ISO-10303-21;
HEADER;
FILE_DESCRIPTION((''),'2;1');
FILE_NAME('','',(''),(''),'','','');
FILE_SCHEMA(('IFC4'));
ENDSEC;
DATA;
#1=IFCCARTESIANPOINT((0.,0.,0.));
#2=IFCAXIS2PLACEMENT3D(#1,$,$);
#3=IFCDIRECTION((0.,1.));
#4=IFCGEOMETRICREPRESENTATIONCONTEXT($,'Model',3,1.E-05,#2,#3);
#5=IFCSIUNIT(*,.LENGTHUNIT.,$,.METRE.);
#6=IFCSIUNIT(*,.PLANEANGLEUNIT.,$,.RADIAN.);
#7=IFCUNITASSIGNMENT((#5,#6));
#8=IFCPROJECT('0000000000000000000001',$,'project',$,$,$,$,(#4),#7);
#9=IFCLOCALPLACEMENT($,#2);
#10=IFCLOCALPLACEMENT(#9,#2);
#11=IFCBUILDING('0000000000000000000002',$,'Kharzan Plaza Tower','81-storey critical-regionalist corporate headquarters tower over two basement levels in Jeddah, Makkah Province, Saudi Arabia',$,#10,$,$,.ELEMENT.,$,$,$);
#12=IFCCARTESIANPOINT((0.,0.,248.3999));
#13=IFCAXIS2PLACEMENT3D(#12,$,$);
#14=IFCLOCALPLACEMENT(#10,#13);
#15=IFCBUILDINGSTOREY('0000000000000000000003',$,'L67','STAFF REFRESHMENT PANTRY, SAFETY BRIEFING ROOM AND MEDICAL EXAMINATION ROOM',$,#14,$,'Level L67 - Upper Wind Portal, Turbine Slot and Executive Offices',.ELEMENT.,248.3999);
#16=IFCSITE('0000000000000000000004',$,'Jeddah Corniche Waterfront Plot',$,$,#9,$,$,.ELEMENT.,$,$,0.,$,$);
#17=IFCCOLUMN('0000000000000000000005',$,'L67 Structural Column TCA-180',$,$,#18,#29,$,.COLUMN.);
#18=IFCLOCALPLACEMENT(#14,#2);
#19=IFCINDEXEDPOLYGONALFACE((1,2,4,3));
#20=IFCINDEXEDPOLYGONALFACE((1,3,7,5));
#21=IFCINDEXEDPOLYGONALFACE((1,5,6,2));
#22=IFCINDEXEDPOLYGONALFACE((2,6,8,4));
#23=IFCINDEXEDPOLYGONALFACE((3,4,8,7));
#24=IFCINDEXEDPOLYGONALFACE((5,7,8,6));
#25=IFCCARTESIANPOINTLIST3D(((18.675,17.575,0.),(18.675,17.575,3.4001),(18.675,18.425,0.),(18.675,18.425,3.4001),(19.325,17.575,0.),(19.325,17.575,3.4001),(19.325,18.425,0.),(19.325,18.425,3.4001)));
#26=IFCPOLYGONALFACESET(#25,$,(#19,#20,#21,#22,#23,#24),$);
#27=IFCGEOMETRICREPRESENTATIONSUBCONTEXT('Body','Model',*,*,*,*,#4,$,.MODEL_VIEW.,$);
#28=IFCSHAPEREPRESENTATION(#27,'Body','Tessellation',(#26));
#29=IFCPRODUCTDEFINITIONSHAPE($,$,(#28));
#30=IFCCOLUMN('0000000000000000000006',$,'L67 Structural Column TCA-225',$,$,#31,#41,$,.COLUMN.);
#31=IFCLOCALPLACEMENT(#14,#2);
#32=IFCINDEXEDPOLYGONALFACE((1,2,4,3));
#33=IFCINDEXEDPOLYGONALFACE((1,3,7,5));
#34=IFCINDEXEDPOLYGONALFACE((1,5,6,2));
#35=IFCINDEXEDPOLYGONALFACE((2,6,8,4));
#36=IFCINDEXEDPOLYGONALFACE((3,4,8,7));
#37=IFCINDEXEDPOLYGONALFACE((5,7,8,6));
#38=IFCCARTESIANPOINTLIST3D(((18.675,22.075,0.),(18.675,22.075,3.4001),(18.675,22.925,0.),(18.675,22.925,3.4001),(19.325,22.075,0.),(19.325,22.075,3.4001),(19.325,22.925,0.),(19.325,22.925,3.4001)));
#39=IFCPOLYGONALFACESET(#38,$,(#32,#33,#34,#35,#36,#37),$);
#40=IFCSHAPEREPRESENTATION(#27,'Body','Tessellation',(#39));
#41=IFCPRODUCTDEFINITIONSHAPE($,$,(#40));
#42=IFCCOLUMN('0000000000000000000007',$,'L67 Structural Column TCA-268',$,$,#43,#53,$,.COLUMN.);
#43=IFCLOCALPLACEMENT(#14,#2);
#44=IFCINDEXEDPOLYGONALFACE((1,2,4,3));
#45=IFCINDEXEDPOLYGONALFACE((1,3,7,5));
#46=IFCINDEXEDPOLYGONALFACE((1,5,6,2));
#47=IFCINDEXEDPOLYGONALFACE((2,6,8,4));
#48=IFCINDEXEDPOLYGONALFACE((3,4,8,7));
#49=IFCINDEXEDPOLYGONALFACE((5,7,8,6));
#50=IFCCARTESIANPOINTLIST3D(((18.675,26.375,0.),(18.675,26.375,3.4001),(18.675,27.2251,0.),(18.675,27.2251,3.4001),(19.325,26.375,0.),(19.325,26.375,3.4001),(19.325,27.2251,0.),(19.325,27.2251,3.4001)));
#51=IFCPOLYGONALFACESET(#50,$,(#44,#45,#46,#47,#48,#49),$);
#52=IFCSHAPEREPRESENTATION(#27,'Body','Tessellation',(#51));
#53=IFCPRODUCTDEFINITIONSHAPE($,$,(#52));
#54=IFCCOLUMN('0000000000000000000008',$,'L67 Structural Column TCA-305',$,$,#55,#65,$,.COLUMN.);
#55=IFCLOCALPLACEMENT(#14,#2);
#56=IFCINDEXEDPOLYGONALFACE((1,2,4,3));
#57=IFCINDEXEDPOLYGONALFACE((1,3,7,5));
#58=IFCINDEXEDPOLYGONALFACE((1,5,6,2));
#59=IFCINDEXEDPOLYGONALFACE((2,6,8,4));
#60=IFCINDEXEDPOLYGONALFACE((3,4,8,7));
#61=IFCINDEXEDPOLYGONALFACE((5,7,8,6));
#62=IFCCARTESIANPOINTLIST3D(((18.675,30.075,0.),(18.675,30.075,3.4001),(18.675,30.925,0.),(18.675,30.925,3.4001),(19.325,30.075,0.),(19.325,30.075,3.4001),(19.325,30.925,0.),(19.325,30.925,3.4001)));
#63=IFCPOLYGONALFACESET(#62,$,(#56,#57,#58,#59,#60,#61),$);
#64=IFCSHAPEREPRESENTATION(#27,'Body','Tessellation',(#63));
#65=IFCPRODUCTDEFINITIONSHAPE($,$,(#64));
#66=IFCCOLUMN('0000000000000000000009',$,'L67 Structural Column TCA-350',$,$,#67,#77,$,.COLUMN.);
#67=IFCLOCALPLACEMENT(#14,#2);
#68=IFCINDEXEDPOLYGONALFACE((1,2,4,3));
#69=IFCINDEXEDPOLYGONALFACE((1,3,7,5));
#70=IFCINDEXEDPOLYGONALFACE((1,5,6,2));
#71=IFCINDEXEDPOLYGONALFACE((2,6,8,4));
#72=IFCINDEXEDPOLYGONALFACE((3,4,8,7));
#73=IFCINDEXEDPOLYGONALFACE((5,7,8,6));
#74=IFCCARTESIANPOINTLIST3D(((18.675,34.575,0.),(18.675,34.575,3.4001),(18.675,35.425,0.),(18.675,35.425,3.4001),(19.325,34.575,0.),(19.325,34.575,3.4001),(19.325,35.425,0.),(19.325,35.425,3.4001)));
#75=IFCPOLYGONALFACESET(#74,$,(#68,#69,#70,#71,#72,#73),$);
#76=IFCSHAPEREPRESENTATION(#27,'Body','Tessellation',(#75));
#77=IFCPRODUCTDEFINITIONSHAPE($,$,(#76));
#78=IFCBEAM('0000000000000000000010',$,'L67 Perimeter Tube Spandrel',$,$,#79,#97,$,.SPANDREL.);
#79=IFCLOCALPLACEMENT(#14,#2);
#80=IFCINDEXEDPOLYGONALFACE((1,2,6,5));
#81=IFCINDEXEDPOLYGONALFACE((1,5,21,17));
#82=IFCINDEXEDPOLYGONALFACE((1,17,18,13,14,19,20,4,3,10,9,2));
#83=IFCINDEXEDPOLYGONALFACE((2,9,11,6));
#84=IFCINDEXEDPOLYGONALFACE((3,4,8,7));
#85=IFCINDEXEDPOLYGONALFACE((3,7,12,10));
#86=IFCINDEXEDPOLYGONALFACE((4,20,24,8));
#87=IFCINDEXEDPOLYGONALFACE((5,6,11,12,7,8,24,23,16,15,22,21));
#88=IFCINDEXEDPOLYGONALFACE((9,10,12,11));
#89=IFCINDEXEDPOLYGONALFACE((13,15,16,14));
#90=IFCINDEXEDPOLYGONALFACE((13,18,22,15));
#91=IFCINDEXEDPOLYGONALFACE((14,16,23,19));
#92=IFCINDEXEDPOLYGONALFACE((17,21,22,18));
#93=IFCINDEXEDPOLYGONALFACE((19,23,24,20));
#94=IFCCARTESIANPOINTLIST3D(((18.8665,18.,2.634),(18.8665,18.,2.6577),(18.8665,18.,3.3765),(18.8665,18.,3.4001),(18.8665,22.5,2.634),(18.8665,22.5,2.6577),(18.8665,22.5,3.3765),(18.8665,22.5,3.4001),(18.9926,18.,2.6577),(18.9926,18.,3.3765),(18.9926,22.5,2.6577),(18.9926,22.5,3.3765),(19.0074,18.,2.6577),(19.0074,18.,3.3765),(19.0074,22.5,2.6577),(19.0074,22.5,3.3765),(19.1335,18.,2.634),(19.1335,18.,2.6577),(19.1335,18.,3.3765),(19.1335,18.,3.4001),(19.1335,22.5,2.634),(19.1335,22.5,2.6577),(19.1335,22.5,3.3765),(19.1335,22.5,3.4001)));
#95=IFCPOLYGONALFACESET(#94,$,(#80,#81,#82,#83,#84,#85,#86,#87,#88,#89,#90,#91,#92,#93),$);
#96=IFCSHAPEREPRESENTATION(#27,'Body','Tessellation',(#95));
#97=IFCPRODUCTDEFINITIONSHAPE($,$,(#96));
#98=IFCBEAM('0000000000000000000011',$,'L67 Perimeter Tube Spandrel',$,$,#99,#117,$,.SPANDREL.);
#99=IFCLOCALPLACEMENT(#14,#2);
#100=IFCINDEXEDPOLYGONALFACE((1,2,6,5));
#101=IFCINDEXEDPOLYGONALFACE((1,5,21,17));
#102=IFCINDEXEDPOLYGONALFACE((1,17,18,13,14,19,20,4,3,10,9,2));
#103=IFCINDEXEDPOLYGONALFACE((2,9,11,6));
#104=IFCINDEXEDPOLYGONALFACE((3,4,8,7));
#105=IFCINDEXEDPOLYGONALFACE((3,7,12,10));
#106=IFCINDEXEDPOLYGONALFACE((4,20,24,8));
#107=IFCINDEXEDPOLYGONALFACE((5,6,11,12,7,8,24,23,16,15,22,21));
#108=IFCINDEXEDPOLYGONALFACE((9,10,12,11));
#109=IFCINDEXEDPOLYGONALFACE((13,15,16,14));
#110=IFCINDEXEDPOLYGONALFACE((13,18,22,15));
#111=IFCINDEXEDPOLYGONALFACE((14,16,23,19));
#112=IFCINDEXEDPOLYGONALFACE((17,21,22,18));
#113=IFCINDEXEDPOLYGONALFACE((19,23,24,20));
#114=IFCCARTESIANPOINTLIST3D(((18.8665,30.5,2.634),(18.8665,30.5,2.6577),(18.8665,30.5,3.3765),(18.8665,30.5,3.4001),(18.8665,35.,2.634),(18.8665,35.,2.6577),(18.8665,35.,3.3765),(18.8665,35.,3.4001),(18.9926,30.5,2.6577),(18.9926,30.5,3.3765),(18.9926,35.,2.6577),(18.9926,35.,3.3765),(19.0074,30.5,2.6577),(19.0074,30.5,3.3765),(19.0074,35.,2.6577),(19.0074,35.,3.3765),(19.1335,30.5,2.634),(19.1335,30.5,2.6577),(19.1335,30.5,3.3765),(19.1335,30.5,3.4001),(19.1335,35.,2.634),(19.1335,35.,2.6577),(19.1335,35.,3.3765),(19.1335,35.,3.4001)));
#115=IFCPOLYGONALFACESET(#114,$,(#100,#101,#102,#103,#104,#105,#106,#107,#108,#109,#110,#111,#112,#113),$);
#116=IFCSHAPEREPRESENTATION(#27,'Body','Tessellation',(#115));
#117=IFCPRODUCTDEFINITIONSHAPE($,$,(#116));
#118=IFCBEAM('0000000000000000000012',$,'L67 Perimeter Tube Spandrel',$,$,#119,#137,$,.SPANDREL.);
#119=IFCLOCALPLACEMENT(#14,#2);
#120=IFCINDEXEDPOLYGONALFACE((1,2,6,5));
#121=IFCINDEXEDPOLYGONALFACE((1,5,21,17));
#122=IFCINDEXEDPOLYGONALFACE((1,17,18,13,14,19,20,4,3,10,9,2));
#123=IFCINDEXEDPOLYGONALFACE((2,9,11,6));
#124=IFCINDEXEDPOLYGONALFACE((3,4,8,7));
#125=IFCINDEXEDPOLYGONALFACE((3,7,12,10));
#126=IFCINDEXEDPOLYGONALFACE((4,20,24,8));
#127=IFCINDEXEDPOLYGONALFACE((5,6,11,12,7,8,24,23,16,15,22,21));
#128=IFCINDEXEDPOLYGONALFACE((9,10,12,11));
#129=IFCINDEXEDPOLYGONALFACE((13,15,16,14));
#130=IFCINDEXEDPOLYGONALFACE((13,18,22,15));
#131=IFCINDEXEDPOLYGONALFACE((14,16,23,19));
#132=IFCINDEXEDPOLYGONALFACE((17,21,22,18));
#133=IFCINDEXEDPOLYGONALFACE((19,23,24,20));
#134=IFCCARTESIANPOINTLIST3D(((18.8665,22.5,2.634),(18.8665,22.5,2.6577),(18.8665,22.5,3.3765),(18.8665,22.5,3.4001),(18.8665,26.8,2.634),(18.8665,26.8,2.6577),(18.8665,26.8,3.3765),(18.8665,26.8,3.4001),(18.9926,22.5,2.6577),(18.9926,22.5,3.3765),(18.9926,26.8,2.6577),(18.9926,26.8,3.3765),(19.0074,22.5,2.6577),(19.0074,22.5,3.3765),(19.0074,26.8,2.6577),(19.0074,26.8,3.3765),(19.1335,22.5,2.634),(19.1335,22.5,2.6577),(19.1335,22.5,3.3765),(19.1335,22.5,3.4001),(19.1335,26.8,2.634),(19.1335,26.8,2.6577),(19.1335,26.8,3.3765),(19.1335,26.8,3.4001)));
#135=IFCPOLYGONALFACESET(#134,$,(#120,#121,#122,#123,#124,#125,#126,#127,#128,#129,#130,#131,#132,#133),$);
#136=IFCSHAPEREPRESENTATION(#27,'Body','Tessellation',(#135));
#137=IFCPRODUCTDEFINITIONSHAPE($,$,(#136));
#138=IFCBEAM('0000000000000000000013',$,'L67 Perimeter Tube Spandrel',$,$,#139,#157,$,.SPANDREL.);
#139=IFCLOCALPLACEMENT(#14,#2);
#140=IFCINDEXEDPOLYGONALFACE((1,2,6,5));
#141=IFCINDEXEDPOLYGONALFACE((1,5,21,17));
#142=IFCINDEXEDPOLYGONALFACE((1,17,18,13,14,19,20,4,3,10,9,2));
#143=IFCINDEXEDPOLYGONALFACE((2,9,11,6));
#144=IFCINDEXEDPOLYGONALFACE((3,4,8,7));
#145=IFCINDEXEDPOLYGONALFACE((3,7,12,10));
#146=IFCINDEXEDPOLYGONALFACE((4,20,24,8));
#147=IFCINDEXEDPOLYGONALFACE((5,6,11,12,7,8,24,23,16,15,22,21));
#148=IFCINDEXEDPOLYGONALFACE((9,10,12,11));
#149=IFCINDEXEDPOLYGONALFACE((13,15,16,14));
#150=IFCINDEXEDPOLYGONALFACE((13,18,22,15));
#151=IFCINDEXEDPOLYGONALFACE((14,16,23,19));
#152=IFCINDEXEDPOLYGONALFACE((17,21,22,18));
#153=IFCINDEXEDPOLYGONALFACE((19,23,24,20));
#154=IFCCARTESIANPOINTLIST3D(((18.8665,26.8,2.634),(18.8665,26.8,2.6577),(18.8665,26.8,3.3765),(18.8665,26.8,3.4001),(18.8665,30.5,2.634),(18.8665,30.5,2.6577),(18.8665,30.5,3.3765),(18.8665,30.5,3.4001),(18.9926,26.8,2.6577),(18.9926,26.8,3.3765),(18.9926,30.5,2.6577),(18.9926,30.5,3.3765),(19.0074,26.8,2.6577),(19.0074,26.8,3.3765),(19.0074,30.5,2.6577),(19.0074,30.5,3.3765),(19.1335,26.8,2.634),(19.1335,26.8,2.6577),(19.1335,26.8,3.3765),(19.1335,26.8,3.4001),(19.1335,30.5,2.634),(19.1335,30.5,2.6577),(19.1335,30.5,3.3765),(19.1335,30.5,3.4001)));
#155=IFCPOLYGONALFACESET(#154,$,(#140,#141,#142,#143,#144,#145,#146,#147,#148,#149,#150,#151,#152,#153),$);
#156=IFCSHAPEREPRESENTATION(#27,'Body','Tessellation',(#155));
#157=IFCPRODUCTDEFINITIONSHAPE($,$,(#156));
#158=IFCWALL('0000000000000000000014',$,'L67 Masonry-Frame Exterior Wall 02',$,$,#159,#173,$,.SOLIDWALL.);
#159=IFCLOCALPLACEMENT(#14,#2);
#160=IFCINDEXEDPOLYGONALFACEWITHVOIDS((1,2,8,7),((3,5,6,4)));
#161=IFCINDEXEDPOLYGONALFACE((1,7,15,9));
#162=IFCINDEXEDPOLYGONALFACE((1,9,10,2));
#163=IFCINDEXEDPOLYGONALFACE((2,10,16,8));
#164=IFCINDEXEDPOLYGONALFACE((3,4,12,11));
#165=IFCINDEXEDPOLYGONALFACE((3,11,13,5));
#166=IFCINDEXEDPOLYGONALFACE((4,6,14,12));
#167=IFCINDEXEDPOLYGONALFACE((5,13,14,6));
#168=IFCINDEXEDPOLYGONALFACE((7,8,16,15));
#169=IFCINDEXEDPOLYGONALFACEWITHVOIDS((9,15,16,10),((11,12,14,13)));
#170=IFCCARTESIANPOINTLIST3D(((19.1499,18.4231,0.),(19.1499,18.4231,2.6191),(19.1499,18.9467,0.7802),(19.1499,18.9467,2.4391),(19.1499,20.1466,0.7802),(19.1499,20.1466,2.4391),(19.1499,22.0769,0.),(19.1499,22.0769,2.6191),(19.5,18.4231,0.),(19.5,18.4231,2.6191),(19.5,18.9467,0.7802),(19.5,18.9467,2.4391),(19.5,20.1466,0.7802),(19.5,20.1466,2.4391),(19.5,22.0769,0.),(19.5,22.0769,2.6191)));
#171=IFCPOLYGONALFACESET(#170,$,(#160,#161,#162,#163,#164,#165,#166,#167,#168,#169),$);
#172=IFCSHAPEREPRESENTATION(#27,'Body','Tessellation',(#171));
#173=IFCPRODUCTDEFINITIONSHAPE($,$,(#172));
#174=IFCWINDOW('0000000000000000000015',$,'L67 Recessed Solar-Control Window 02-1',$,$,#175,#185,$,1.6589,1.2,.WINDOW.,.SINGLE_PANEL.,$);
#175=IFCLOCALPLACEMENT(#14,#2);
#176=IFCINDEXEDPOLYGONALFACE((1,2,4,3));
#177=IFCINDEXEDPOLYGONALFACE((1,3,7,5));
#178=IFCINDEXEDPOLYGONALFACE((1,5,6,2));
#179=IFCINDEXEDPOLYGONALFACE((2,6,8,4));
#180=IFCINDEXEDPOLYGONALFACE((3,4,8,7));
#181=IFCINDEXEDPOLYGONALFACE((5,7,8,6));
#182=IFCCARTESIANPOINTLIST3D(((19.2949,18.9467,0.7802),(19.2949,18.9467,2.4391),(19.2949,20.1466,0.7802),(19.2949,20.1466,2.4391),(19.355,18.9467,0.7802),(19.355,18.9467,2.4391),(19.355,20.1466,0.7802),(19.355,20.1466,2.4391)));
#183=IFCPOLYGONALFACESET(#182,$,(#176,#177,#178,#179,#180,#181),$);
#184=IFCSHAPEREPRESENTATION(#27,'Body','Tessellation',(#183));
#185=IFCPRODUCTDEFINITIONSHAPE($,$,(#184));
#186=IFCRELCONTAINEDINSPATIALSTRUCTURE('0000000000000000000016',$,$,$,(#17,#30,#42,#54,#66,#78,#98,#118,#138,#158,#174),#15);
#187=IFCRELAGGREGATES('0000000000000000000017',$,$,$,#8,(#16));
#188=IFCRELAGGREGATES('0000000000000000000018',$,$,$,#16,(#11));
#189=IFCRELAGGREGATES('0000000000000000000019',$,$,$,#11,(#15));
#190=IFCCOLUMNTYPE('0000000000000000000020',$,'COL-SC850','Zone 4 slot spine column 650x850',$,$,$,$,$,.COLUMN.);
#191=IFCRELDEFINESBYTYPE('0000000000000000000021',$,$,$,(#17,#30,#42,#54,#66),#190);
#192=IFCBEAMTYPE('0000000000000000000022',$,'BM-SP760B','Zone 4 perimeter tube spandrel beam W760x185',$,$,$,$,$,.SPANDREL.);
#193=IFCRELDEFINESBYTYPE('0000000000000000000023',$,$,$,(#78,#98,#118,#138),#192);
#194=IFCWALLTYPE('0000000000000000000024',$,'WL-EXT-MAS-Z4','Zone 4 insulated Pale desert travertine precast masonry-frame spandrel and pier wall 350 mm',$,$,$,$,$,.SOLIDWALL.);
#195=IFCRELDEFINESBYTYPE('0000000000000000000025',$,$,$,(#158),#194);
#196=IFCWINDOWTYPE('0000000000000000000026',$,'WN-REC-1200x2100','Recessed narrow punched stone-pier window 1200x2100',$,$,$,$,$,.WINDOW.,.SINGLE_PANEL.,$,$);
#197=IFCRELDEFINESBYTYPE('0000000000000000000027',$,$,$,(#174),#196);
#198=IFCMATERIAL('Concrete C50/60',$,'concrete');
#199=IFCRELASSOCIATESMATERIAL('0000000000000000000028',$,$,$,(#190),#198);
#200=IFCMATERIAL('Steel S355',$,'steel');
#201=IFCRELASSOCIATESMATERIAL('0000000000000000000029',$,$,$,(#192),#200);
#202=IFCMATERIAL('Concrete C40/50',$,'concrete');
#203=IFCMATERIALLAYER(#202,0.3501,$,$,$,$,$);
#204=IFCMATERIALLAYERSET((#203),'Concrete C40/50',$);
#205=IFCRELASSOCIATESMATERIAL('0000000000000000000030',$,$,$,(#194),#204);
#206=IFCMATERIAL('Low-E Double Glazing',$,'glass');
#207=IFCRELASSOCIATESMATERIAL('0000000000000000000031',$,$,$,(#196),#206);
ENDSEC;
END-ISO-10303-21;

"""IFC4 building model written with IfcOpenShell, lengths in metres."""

from ifc_helpers import new_model, si_unit, direction, frame, frame_2d, origin, origin_2d, place, context, subcontext, project, spatial, rectangle, i_section, extrude, source, transform, mapped, material, layer, layer_set, material_profile, profile_set, type_object, element, fill, save


model = new_model("IFC4")

# Units and contexts
model_context = context("Model", 3, precision=1e-05, world=origin(), true_north=direction((0.0, 1.0)))
body_context = subcontext(model_context, "Body", "Model", "MODEL_VIEW")
ifc_project = project(units=[si_unit("LENGTHUNIT", "METRE"), si_unit("PLANEANGLEUNIT", "RADIAN")], contexts=[model_context])

# Site, building, storey
site_placement = place(None, origin())
site = spatial("IfcSite", under=ifc_project, at=site_placement, Name="Jeddah Corniche Waterfront Plot", CompositionType="ELEMENT", RefElevation=0.0)
building_placement = place(site_placement, origin())
building = spatial("IfcBuilding", under=site, at=building_placement, Name="Kharzan Plaza Tower", Description="81-storey critical-regionalist corporate headquarters tower over two basement levels in Jeddah, Makkah Province, Saudi Arabia", CompositionType="ELEMENT")
storey_placement = place(building_placement, frame((0.0, 0.0, 248.3999)))
storey = spatial("IfcBuildingStorey", under=building, at=storey_placement, Name="L67", Description="STAFF REFRESHMENT PANTRY, SAFETY BRIEFING ROOM AND MEDICAL EXAMINATION ROOM", LongName="Level L67 - Upper Wind Portal, Turbine Slot and Executive Offices", CompositionType="ELEMENT", Elevation=248.3999)

# Columns
ifc_material_1 = material(Name="Concrete C50/60", Category="concrete")
ifc_material_profile_1 = material_profile(ifc_material_1, rectangle(XDim=0.6499, YDim=0.8501, at=origin_2d()), Name="RC-SC850x650")
ifc_profile_set_1 = profile_set([ifc_material_profile_1], Name="Concrete C50/60")
column_type = type_object("IfcColumnType", Name="COL-SC850", Description="Zone 4 slot spine column 650x850", PredefinedType="COLUMN", material=ifc_profile_set_1)
shared_shape_1 = source(origin(), body_context, "Body", "SweptSolid", [
    extrude(rectangle(XDim=0.6499, YDim=0.8501, at=origin_2d()), origin(), (0.0, 0.0, 1.0), 3.4001),
])
for number, where, z_axis, x_axis, name in (
    (1, (19.0, 18.0, 0.0), (0.0, 0.0, 1.0), (1.0, 0.0, 0.0), "L67 Structural Column TCA-180"),
    (2, (19.0, 22.5, 0.0), (0.0, 0.0, 1.0), (1.0, 0.0, 0.0), "L67 Structural Column TCA-225"),
    (3, (19.0, 26.8, 0.0), (0.0, 0.0, 1.0), (1.0, 0.0, 0.0), "L67 Structural Column TCA-268"),
    (4, (19.0, 30.5, 0.0), (0.0, 0.0, 1.0), (1.0, 0.0, 0.0), "L67 Structural Column TCA-305"),
    (5, (19.0, 35.0, 0.0), (0.0, 0.0, 1.0), (1.0, 0.0, 0.0), "L67 Structural Column TCA-350"),
):
    element("IfcColumn", number, at=place(storey_placement, frame(where, z_axis=z_axis, x_axis=x_axis)), inside=storey, type_object=column_type, Name=name, PredefinedType="COLUMN", context=body_context, shape_type="MappedRepresentation", body=[
        mapped(shared_shape_1, transform((0.0, 0.0, 0.0), x_axis=(1.0, 0.0, 0.0), y_axis=(0.0, 1.0, 0.0), z_axis=(0.0, 0.0, 1.0))),
    ])

# Beams
ifc_material_2 = material(Name="Steel S355", Category="steel")
ifc_material_profile_2 = material_profile(ifc_material_2, i_section(OverallWidth=0.2671, OverallDepth=0.7661, WebThickness=0.0149, FlangeThickness=0.0237, at=origin_2d()), Name="W760x185")
ifc_profile_set_2 = profile_set([ifc_material_profile_2], Name="Steel S355")
beam_type = type_object("IfcBeamType", Name="BM-SP760B", Description="Zone 4 perimeter tube spandrel beam W760x185", PredefinedType="SPANDREL", material=ifc_profile_set_2)
shared_shape_2 = source(origin(), body_context, "Body", "SweptSolid", [
    extrude(i_section(OverallWidth=0.2671, OverallDepth=0.7661, WebThickness=0.0149, FlangeThickness=0.0237, at=origin_2d()), origin(), (0.0, 0.0, 1.0), 4.5),
])
for number, where, z_axis, x_axis, name in (
    (6, (19.0, 18.0, 3.0171), (0.0, 1.0, 0.0), (-1.0, 0.0, 0.0), "L67 Perimeter Tube Spandrel"),
    (7, (19.0, 30.5, 3.0171), (0.0, 1.0, 0.0), (-1.0, 0.0, 0.0), "L67 Perimeter Tube Spandrel"),
):
    element("IfcBeam", number, at=place(storey_placement, frame(where, z_axis=z_axis, x_axis=x_axis)), inside=storey, type_object=beam_type, Name=name, PredefinedType="SPANDREL", context=body_context, shape_type="MappedRepresentation", body=[
        mapped(shared_shape_2, transform((0.0, 0.0, 0.0), x_axis=(1.0, 0.0, 0.0), y_axis=(0.0, 1.0, 0.0), z_axis=(0.0, 0.0, 1.0))),
    ])
shared_shape_3 = source(origin(), body_context, "Body", "SweptSolid", [
    extrude(i_section(OverallWidth=0.2671, OverallDepth=0.7661, WebThickness=0.0149, FlangeThickness=0.0237, at=origin_2d()), origin(), (0.0, 0.0, 1.0), 4.3),
])
beam_1_placement = place(storey_placement, frame((19.0, 22.5, 3.0171), z_axis=(0.0, 1.0, 0.0), x_axis=(-1.0, 0.0, 0.0)))
element("IfcBeam", 8, at=beam_1_placement, inside=storey, type_object=beam_type, Name="L67 Perimeter Tube Spandrel", PredefinedType="SPANDREL", context=body_context, shape_type="MappedRepresentation", body=[
    mapped(shared_shape_3, transform((0.0, 0.0, 0.0), x_axis=(1.0, 0.0, 0.0), y_axis=(0.0, 1.0, 0.0), z_axis=(0.0, 0.0, 1.0))),
])
shared_shape_4 = source(origin(), body_context, "Body", "SweptSolid", [
    extrude(i_section(OverallWidth=0.2671, OverallDepth=0.7661, WebThickness=0.0149, FlangeThickness=0.0237, at=origin_2d()), origin(), (0.0, 0.0, 1.0), 3.7),
])
beam_2_placement = place(storey_placement, frame((19.0, 26.8, 3.0171), z_axis=(0.0, 1.0, 0.0), x_axis=(-1.0, 0.0, 0.0)))
element("IfcBeam", 9, at=beam_2_placement, inside=storey, type_object=beam_type, Name="L67 Perimeter Tube Spandrel", PredefinedType="SPANDREL", context=body_context, shape_type="MappedRepresentation", body=[
    mapped(shared_shape_4, transform((0.0, 0.0, 0.0), x_axis=(1.0, 0.0, 0.0), y_axis=(0.0, 1.0, 0.0), z_axis=(0.0, 0.0, 1.0))),
])

# Wall, opening, window
ifc_material_3 = material(Name="Concrete C40/50", Category="concrete")
ifc_layer_1 = layer(ifc_material_3, 0.3501)
ifc_layer_set_1 = layer_set([ifc_layer_1], Name="Concrete C40/50")
wall_type_1 = type_object("IfcWallType", Name="WL-EXT-MAS-Z4", Description="Zone 4 insulated Pale desert travertine precast masonry-frame spandrel and pier wall 350 mm", PredefinedType="SOLIDWALL", material=ifc_layer_set_1)
wall_1_placement = place(storey_placement, frame((19.325, 18.4231, 0.0), z_axis=(0.0, 0.0, 1.0), x_axis=(0.0, 1.0, 0.0)))
wall_1 = element("IfcWall", 10, at=wall_1_placement, inside=storey, type_object=wall_type_1, Name="L67 Masonry-Frame Exterior Wall 02", PredefinedType="SOLIDWALL", context=body_context, shape_type="SweptSolid", body=[
    extrude(rectangle(XDim=3.6538, YDim=0.3501, at=frame_2d((1.8269, 0.0))), origin(), (0.0, 0.0, 1.0), 2.6191),
])
opening_1_placement = place(wall_1_placement, frame((0.5234, 0.0, 0.78)))
opening_1 = element("IfcOpeningElement", 11, at=opening_1_placement, cuts=wall_1, PredefinedType="OPENING", context=body_context, shape_type="SweptSolid", body=[
    extrude(rectangle(XDim=1.2, YDim=1.6589, at=frame_2d((0.6001, 0.8296))), frame((0.0, 0.1851, 0.0), z_axis=(0.0, -1.0, 0.0), x_axis=(1.0, 0.0, 0.0)), (0.0, 0.0, 1.0), 0.3701),
])
ifc_material_4 = material(Name="Low-E Double Glazing", Category="glass")
window_type_1 = type_object("IfcWindowType", Name="WN-REC-1200x2100", Description="Recessed narrow punched stone-pier window 1200x2100", PartitioningType="SINGLE_PANEL", PredefinedType="WINDOW", material=ifc_material_4)
shared_shape_5 = source(origin(), body_context, "Body", "SweptSolid", [
    extrude(rectangle(XDim=1.2, YDim=1.6589, at=frame_2d((0.6001, 0.8296))), frame((0.0, 0.03, 0.0), z_axis=(0.0, -1.0, 0.0), x_axis=(1.0, 0.0, 0.0)), (0.0, 0.0, 1.0), 0.0601),
])
window_1_placement = place(opening_1_placement, origin())
window_1 = element("IfcWindow", 12, at=window_1_placement, inside=storey, type_object=window_type_1, Name="L67 Recessed Solar-Control Window 02-1", OverallHeight=1.6589, OverallWidth=1.2, PartitioningType="SINGLE_PANEL", PredefinedType="WINDOW", context=body_context, shape_type="MappedRepresentation", body=[
    mapped(shared_shape_5, transform((0.0, 0.0, 0.0), x_axis=(1.0, 0.0, 0.0), y_axis=(0.0, 1.0, 0.0), z_axis=(0.0, 0.0, 1.0))),
])
fill(opening_1, window_1)

save(model, "model.ifc")
